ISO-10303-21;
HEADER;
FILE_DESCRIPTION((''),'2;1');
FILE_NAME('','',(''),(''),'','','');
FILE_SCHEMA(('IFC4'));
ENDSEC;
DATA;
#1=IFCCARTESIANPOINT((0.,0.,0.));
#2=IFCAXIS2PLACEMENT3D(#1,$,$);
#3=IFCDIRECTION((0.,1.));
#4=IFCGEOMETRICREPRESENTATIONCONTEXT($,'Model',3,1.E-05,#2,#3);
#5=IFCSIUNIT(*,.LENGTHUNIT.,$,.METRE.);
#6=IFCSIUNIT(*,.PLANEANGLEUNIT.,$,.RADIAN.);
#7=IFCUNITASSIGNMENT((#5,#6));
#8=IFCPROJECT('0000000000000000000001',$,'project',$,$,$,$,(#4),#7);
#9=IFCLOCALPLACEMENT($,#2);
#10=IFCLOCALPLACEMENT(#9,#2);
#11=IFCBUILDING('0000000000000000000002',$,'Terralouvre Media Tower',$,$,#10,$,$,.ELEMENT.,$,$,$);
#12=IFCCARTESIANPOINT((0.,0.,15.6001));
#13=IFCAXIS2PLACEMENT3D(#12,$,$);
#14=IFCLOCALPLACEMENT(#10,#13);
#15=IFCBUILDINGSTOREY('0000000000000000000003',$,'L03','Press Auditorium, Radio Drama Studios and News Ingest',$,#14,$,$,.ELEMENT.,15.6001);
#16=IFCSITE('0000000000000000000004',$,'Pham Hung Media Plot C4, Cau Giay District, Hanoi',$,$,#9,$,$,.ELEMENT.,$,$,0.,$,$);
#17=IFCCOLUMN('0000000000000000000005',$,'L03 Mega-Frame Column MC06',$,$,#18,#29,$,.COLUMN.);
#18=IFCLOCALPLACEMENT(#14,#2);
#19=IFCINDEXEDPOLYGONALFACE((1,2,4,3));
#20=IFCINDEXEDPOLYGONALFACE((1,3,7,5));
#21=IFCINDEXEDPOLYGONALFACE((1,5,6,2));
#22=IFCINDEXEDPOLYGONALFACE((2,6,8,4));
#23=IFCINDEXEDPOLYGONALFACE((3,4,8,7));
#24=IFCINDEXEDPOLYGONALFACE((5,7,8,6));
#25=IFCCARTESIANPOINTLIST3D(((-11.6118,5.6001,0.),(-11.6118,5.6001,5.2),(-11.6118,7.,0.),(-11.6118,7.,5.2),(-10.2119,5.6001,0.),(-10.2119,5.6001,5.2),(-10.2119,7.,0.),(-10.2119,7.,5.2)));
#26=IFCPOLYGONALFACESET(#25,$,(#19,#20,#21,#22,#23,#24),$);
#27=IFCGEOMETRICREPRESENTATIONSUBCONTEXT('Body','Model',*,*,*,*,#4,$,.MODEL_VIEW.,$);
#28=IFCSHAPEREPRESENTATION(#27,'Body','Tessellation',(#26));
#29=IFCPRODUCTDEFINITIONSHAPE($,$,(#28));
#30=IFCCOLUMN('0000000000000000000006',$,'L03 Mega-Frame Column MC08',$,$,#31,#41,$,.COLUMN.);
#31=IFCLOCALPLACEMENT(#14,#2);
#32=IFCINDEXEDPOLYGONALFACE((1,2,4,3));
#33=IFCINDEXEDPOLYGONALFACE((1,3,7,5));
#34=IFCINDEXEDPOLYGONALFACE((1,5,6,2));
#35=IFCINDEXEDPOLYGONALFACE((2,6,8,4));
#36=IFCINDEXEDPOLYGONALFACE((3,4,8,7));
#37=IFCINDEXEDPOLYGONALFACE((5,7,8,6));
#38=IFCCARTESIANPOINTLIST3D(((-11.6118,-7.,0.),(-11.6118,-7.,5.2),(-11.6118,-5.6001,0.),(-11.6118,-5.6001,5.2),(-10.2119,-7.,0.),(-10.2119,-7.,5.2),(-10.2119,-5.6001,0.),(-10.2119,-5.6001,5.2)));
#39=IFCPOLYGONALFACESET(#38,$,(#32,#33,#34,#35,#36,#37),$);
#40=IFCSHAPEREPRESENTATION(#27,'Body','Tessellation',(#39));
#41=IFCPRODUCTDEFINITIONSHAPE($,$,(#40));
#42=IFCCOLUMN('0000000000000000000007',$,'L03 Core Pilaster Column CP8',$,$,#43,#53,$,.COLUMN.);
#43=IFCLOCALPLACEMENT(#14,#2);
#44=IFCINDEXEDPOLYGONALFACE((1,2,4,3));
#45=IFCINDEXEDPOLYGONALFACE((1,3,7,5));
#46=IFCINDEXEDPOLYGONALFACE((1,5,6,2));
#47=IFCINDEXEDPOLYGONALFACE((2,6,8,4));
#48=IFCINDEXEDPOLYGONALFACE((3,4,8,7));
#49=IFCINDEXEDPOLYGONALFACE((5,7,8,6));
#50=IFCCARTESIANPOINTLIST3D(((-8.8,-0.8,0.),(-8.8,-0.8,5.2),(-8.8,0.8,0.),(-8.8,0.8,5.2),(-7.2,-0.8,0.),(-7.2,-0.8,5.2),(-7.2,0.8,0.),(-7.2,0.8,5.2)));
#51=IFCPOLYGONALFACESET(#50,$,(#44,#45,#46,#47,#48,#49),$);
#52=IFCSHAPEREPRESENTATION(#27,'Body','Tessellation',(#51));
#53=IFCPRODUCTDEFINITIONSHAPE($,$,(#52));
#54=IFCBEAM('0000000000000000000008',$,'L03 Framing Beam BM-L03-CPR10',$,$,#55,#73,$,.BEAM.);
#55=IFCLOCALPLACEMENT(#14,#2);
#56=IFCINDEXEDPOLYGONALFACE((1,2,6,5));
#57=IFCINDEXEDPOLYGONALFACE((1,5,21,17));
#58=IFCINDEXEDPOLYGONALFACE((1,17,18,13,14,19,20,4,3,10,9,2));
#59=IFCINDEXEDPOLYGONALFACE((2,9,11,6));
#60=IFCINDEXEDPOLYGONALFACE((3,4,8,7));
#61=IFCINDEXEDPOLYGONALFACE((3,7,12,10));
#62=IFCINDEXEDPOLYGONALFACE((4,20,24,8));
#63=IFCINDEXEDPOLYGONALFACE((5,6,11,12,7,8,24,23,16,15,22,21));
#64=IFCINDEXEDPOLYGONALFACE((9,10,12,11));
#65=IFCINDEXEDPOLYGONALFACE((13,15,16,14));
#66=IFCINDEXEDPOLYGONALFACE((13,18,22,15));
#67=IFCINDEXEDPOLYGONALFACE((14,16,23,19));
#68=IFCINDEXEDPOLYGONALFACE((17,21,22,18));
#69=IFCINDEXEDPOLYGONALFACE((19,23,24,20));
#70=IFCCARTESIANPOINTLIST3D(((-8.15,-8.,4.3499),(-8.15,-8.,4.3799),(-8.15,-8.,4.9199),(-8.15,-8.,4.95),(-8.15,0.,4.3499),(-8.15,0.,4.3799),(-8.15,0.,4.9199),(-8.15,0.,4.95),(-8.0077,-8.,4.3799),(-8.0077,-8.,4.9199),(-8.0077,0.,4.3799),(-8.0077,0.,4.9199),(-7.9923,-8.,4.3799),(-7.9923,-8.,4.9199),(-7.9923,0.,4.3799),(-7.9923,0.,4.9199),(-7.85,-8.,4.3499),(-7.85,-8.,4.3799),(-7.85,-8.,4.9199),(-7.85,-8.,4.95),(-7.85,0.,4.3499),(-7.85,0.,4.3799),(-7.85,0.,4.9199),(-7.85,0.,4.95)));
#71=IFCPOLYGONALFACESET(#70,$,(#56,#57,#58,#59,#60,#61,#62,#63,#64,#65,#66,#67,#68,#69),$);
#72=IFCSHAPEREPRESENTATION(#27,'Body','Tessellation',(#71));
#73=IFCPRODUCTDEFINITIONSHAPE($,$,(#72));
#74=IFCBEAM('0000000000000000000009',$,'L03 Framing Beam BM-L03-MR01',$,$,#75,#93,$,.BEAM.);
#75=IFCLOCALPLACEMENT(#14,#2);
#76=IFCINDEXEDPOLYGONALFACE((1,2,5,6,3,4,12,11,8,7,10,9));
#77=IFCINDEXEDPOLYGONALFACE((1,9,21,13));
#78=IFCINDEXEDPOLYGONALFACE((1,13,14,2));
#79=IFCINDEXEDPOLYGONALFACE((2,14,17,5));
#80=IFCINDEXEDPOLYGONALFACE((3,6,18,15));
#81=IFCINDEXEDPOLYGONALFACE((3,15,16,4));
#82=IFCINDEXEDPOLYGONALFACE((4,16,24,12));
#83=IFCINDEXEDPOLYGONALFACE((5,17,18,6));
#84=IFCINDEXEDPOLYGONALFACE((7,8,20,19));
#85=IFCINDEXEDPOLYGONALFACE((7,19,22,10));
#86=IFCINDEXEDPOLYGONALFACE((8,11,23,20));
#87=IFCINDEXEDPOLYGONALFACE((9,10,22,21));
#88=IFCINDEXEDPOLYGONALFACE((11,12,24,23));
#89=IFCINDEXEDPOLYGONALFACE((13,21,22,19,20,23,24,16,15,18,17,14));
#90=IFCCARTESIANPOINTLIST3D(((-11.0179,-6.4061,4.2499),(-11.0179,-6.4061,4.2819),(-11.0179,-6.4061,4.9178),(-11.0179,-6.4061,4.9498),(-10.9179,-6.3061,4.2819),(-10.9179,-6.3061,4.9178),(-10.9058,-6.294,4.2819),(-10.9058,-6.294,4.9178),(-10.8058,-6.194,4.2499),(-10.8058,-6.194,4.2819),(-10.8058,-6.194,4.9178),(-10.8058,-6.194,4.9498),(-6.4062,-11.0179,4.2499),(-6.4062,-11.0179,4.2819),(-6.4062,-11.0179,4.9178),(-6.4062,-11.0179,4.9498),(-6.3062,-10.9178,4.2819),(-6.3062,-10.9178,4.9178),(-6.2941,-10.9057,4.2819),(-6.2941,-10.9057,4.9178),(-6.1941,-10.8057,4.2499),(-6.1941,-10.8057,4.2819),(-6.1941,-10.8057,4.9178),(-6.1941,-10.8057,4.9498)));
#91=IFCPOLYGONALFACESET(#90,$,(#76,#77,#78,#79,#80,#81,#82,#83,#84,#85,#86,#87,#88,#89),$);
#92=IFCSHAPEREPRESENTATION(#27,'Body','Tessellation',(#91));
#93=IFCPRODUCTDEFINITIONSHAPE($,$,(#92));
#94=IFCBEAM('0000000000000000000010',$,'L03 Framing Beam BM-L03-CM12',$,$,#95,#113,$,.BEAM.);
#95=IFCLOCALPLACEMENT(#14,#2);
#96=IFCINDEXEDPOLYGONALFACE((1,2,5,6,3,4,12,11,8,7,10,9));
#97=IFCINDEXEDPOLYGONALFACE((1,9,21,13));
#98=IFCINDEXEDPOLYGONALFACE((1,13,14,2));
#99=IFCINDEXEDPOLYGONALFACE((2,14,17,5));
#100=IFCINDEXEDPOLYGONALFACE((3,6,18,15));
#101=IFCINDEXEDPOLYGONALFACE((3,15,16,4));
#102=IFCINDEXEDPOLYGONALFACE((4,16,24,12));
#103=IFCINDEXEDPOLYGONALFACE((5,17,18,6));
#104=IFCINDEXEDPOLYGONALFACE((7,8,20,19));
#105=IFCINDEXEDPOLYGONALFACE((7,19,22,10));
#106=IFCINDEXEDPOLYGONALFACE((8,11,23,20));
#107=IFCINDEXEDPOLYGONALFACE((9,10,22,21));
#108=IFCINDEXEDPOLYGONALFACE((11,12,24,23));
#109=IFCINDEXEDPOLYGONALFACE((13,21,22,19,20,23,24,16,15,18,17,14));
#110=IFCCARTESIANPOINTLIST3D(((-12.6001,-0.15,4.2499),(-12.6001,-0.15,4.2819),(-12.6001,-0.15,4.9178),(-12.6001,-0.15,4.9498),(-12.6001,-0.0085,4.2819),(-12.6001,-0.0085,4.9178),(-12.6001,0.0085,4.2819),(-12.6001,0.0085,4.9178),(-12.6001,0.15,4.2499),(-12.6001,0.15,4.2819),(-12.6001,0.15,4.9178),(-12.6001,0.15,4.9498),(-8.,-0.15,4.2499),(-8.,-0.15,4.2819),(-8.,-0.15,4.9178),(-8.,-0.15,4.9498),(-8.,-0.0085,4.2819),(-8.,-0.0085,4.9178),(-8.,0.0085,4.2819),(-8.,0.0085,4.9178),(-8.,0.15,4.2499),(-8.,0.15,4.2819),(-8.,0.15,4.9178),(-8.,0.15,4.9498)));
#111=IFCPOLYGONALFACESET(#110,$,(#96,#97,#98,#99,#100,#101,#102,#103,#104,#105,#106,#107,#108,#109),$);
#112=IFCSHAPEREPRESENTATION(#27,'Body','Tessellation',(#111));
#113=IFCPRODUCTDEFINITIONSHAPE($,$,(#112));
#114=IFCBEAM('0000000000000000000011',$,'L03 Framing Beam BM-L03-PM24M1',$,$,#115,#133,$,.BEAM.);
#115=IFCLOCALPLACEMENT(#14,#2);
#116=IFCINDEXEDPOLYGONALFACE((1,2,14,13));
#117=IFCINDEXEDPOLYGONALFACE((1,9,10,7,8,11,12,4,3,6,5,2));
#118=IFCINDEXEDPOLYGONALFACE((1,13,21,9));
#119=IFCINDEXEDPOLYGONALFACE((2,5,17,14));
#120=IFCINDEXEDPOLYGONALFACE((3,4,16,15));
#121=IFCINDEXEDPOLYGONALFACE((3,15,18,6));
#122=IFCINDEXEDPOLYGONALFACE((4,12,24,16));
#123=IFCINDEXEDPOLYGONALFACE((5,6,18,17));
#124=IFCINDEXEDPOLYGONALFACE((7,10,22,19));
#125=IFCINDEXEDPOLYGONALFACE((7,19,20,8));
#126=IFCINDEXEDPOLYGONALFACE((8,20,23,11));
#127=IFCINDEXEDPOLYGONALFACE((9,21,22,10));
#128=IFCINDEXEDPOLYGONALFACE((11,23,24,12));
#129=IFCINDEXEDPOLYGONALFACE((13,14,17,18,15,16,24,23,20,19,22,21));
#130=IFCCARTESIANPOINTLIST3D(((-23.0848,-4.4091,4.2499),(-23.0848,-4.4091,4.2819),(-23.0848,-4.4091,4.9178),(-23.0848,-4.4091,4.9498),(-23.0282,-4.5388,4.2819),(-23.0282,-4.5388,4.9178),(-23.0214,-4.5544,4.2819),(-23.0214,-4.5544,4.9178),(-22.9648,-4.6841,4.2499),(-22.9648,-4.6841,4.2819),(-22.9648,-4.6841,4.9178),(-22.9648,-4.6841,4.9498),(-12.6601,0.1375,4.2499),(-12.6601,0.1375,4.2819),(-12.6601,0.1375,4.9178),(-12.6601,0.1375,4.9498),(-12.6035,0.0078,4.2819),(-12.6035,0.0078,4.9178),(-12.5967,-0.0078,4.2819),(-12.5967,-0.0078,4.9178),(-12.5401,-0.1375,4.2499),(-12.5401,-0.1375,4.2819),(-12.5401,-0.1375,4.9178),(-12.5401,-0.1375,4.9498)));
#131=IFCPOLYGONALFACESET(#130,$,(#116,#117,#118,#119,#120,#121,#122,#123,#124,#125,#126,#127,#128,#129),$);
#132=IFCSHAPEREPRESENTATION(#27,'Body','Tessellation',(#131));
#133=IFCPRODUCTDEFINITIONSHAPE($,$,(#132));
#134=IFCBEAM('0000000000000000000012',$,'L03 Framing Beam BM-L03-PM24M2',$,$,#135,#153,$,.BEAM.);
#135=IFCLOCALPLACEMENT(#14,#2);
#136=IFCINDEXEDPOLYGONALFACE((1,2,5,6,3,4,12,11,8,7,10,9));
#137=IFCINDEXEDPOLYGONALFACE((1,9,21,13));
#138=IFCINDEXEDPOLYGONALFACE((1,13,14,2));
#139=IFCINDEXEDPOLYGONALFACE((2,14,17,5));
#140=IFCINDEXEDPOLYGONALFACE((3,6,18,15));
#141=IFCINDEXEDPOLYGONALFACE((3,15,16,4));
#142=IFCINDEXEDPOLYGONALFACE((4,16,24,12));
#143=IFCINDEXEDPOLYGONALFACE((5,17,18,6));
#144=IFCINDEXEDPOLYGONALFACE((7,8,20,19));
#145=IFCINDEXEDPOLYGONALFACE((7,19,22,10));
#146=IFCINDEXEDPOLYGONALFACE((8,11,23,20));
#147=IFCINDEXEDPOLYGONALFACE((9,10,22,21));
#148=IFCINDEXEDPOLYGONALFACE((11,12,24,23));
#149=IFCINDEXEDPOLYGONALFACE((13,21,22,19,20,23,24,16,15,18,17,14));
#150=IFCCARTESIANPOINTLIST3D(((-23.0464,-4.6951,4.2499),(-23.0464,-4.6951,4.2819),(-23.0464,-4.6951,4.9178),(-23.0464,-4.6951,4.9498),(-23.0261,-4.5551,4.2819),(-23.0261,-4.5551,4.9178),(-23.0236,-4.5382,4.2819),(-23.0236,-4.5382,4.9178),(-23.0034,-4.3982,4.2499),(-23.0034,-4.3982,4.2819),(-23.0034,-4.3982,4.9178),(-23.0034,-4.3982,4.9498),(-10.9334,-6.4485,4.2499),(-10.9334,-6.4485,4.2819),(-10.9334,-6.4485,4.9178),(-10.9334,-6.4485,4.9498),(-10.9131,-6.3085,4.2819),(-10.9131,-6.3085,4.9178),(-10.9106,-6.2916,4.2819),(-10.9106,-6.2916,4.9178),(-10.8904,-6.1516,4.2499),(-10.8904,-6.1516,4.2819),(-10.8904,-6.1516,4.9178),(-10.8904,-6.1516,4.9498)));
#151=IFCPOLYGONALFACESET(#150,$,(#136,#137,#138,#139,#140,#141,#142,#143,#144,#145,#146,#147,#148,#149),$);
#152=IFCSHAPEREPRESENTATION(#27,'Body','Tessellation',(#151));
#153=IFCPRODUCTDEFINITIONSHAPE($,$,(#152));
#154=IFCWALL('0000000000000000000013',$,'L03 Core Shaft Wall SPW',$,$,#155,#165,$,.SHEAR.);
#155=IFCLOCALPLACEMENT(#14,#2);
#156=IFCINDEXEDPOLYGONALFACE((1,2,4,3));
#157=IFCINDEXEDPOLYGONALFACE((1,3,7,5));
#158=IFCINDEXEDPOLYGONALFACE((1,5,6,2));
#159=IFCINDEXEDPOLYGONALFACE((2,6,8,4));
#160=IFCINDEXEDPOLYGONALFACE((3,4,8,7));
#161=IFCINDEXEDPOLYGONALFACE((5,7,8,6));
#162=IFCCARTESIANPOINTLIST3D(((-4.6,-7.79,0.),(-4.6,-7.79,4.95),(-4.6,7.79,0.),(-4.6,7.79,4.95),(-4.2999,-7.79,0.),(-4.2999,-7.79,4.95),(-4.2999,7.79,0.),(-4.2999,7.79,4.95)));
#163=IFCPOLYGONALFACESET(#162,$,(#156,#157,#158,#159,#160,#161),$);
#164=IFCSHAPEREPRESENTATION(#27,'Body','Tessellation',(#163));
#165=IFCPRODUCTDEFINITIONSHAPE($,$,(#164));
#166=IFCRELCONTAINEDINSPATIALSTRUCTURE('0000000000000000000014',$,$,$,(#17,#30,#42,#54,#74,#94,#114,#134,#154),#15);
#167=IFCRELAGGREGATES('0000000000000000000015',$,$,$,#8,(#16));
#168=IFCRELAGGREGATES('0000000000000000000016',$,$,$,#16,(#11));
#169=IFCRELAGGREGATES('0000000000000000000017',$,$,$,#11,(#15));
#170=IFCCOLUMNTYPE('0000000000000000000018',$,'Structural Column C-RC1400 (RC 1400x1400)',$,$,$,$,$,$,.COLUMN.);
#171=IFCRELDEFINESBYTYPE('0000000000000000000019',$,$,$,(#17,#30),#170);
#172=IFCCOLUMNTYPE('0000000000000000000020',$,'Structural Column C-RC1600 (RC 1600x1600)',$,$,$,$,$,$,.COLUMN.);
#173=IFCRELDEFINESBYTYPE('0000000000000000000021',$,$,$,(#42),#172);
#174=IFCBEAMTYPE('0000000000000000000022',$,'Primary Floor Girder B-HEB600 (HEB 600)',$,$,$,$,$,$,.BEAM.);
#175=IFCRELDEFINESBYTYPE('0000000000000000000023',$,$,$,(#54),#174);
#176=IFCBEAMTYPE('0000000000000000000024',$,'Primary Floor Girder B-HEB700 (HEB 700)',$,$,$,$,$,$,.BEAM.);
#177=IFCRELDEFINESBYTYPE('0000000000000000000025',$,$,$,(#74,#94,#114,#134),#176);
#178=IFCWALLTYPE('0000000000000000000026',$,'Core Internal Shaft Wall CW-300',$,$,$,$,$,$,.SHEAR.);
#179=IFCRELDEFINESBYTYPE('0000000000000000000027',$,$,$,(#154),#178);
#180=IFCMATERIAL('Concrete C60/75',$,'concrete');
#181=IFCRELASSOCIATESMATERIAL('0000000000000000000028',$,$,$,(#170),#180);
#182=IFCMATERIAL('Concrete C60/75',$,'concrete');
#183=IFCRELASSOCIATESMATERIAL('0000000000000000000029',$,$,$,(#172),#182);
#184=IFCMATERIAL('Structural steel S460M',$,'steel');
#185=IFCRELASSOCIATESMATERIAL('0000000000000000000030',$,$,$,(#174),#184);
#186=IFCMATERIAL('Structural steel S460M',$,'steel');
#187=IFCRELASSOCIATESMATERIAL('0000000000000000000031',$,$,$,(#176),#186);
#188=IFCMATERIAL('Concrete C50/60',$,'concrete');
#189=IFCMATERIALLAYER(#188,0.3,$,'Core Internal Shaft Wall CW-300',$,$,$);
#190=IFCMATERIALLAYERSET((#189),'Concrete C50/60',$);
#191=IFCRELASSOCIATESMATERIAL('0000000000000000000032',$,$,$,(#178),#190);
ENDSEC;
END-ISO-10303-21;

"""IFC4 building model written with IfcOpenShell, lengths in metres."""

from ifc_helpers import new_model, si_unit, direction, frame, frame_2d, origin, origin_2d, place, context, subcontext, project, spatial, rectangle, i_section, extrude, material, layer, layer_set, material_profile, profile_set, type_object, element, save


model = new_model("IFC4")

# Units and contexts
model_context = context("Model", 3, precision=1e-05, world=origin(), true_north=direction((0.0, 1.0)))
body_context = subcontext(model_context, "Body", "Model", "MODEL_VIEW")
ifc_project = project(units=[si_unit("LENGTHUNIT", "METRE"), si_unit("PLANEANGLEUNIT", "RADIAN")], contexts=[model_context])

# Site, building, storey
site_placement = place(None, origin())
site = spatial("IfcSite", under=ifc_project, at=site_placement, Name="Pham Hung Media Plot C4, Cau Giay District, Hanoi", CompositionType="ELEMENT", RefElevation=0.0)
building_placement = place(site_placement, origin())
building = spatial("IfcBuilding", under=site, at=building_placement, Name="Terralouvre Media Tower", CompositionType="ELEMENT")
storey_placement = place(building_placement, frame((0.0, 0.0, 15.6001)))
storey = spatial("IfcBuildingStorey", under=building, at=storey_placement, Name="L03", Description="Press Auditorium, Radio Drama Studios and News Ingest", CompositionType="ELEMENT", Elevation=15.6001)

# Columns
ifc_material_1 = material(Name="Concrete C60/75", Category="concrete")
ifc_material_profile_1 = material_profile(ifc_material_1, rectangle(XDim=1.3999, YDim=1.3999, at=origin_2d()), Name="RC 1400x1400")
ifc_profile_set_1 = profile_set([ifc_material_profile_1], Name="Concrete C60/75")
column_type_1 = type_object("IfcColumnType", Name="Structural Column C-RC1400 (RC 1400x1400)", PredefinedType="COLUMN", material=ifc_profile_set_1)
for number, where, z_axis, x_axis, name in (
    (1, (-10.9119, 6.3, 0.0), (0.0, 0.0, 1.0), (1.0, 0.0, 0.0), "L03 Mega-Frame Column MC06"),
    (2, (-10.9119, -6.3, 0.0), (0.0, 0.0, 1.0), (1.0, 0.0, 0.0), "L03 Mega-Frame Column MC08"),
):
    element("IfcColumn", number, at=place(storey_placement, frame(where, z_axis=z_axis, x_axis=x_axis)), inside=storey, type_object=column_type_1, Name=name, PredefinedType="COLUMN", context=body_context, shape_type="SweptSolid", body=[
        extrude(rectangle(XDim=1.3999, YDim=1.3999, at=origin_2d()), origin(), (0.0, 0.0, 1.0), 5.2),
    ])
ifc_material_2 = material(Name="Concrete C60/75", Category="concrete")
ifc_material_profile_2 = material_profile(ifc_material_2, rectangle(XDim=1.6001, YDim=1.6001, at=origin_2d()), Name="RC 1600x1600")
ifc_profile_set_2 = profile_set([ifc_material_profile_2], Name="Concrete C60/75")
column_type_2 = type_object("IfcColumnType", Name="Structural Column C-RC1600 (RC 1600x1600)", PredefinedType="COLUMN", material=ifc_profile_set_2)
column_placement = place(storey_placement, frame((-8.0, 0.0, 0.0), z_axis=(0.0, 0.0, 1.0), x_axis=(1.0, 0.0, 0.0)))
element("IfcColumn", 3, at=column_placement, inside=storey, type_object=column_type_2, Name="L03 Core Pilaster Column CP8", PredefinedType="COLUMN", context=body_context, shape_type="SweptSolid", body=[
    extrude(rectangle(XDim=1.6001, YDim=1.6001, at=origin_2d()), origin(), (0.0, 0.0, 1.0), 5.2),
])

# Beams
ifc_material_3 = material(Name="Structural steel S460M", Category="steel")
ifc_material_profile_3 = material_profile(ifc_material_3, i_section(OverallWidth=0.3, OverallDepth=0.6001, WebThickness=0.0154, FlangeThickness=0.03, at=origin_2d()), Name="HEB 600")
ifc_profile_set_3 = profile_set([ifc_material_profile_3], Name="Structural steel S460M")
beam_type_1 = type_object("IfcBeamType", Name="Primary Floor Girder B-HEB600 (HEB 600)", PredefinedType="BEAM", material=ifc_profile_set_3)
beam_1_placement = place(storey_placement, frame((-8.0, 0.0, 4.6499), z_axis=(0.0, -1.0, 0.0), x_axis=(1.0, 0.0, 0.0)))
element("IfcBeam", 4, at=beam_1_placement, inside=storey, type_object=beam_type_1, Name="L03 Framing Beam BM-L03-CPR10", PredefinedType="BEAM", context=body_context, shape_type="SweptSolid", body=[
    extrude(i_section(OverallWidth=0.3, OverallDepth=0.6001, WebThickness=0.0154, FlangeThickness=0.03, at=origin_2d()), origin(), (0.0, 0.0, 1.0), 8.0),
])
ifc_material_4 = material(Name="Structural steel S460M", Category="steel")
ifc_material_profile_4 = material_profile(ifc_material_4, i_section(OverallWidth=0.3, OverallDepth=0.7, WebThickness=0.0171, FlangeThickness=0.032, at=origin_2d()), Name="HEB 700")
ifc_profile_set_4 = profile_set([ifc_material_profile_4], Name="Structural steel S460M")
beam_type_2 = type_object("IfcBeamType", Name="Primary Floor Girder B-HEB700 (HEB 700)", PredefinedType="BEAM", material=ifc_profile_set_4)
beam_2_placement = place(storey_placement, frame((-10.9119, -6.3, 4.5999), z_axis=(0.707107, -0.707107, 0.0), x_axis=(0.707107, 0.707107, 0.0)))
element("IfcBeam", 5, at=beam_2_placement, inside=storey, type_object=beam_type_2, Name="L03 Framing Beam BM-L03-MR01", PredefinedType="BEAM", context=body_context, shape_type="SweptSolid", body=[
    extrude(i_section(OverallWidth=0.3, OverallDepth=0.7, WebThickness=0.0171, FlangeThickness=0.032, at=origin_2d()), origin(), (0.0, 0.0, 1.0), 6.522),
])
beam_3_placement = place(storey_placement, frame((-8.0, 0.0, 4.5999), z_axis=(-1.0, 0.0, 0.0), x_axis=(0.0, -1.0, 0.0)))
element("IfcBeam", 6, at=beam_3_placement, inside=storey, type_object=beam_type_2, Name="L03 Framing Beam BM-L03-CM12", PredefinedType="BEAM", context=body_context, shape_type="SweptSolid", body=[
    extrude(i_section(OverallWidth=0.3, OverallDepth=0.7, WebThickness=0.0171, FlangeThickness=0.032, at=origin_2d()), origin(), (0.0, 0.0, 1.0), 4.6001),
])
beam_4_placement = place(storey_placement, frame((-12.6001, 0.0, 4.5999), z_axis=(-0.916616, -0.399769, 0.0), x_axis=(0.399769, -0.916616, 0.0)))
element("IfcBeam", 7, at=beam_4_placement, inside=storey, type_object=beam_type_2, Name="L03 Framing Beam BM-L03-PM24M1", PredefinedType="BEAM", context=body_context, shape_type="SweptSolid", body=[
    extrude(i_section(OverallWidth=0.3, OverallDepth=0.7, WebThickness=0.0171, FlangeThickness=0.032, at=origin_2d()), origin(), (0.0, 0.0, 1.0), 11.373),
])
beam_5_placement = place(storey_placement, frame((-10.9119, -6.3, 4.5999), z_axis=(-0.989685, 0.143261, 0.0), x_axis=(-0.143261, -0.989685, 0.0)))
element("IfcBeam", 8, at=beam_5_placement, inside=storey, type_object=beam_type_2, Name="L03 Framing Beam BM-L03-PM24M2", PredefinedType="BEAM", context=body_context, shape_type="SweptSolid", body=[
    extrude(i_section(OverallWidth=0.3, OverallDepth=0.7, WebThickness=0.0171, FlangeThickness=0.032, at=origin_2d()), origin(), (0.0, 0.0, 1.0), 12.2393),
])

# Wall
ifc_material_5 = material(Name="Concrete C50/60", Category="concrete")
ifc_layer_1 = layer(ifc_material_5, 0.3, Name="Core Internal Shaft Wall CW-300")
ifc_layer_set_1 = layer_set([ifc_layer_1], Name="Concrete C50/60")
wall_type_1 = type_object("IfcWallType", Name="Core Internal Shaft Wall CW-300", PredefinedType="SHEAR", material=ifc_layer_set_1)
wall_1_placement = place(storey_placement, frame((-4.45, -7.79, 0.0), z_axis=(0.0, 0.0, 1.0), x_axis=(0.0, 1.0, 0.0)))
element("IfcWall", 9, at=wall_1_placement, inside=storey, type_object=wall_type_1, Name="L03 Core Shaft Wall SPW", PredefinedType="SHEAR", context=body_context, shape_type="SweptSolid", body=[
    extrude(rectangle(XDim=15.5801, YDim=0.3, at=frame_2d((7.79, 0.0))), origin(), (0.0, 0.0, 1.0), 4.95),
])

save(model, "model.ifc")
